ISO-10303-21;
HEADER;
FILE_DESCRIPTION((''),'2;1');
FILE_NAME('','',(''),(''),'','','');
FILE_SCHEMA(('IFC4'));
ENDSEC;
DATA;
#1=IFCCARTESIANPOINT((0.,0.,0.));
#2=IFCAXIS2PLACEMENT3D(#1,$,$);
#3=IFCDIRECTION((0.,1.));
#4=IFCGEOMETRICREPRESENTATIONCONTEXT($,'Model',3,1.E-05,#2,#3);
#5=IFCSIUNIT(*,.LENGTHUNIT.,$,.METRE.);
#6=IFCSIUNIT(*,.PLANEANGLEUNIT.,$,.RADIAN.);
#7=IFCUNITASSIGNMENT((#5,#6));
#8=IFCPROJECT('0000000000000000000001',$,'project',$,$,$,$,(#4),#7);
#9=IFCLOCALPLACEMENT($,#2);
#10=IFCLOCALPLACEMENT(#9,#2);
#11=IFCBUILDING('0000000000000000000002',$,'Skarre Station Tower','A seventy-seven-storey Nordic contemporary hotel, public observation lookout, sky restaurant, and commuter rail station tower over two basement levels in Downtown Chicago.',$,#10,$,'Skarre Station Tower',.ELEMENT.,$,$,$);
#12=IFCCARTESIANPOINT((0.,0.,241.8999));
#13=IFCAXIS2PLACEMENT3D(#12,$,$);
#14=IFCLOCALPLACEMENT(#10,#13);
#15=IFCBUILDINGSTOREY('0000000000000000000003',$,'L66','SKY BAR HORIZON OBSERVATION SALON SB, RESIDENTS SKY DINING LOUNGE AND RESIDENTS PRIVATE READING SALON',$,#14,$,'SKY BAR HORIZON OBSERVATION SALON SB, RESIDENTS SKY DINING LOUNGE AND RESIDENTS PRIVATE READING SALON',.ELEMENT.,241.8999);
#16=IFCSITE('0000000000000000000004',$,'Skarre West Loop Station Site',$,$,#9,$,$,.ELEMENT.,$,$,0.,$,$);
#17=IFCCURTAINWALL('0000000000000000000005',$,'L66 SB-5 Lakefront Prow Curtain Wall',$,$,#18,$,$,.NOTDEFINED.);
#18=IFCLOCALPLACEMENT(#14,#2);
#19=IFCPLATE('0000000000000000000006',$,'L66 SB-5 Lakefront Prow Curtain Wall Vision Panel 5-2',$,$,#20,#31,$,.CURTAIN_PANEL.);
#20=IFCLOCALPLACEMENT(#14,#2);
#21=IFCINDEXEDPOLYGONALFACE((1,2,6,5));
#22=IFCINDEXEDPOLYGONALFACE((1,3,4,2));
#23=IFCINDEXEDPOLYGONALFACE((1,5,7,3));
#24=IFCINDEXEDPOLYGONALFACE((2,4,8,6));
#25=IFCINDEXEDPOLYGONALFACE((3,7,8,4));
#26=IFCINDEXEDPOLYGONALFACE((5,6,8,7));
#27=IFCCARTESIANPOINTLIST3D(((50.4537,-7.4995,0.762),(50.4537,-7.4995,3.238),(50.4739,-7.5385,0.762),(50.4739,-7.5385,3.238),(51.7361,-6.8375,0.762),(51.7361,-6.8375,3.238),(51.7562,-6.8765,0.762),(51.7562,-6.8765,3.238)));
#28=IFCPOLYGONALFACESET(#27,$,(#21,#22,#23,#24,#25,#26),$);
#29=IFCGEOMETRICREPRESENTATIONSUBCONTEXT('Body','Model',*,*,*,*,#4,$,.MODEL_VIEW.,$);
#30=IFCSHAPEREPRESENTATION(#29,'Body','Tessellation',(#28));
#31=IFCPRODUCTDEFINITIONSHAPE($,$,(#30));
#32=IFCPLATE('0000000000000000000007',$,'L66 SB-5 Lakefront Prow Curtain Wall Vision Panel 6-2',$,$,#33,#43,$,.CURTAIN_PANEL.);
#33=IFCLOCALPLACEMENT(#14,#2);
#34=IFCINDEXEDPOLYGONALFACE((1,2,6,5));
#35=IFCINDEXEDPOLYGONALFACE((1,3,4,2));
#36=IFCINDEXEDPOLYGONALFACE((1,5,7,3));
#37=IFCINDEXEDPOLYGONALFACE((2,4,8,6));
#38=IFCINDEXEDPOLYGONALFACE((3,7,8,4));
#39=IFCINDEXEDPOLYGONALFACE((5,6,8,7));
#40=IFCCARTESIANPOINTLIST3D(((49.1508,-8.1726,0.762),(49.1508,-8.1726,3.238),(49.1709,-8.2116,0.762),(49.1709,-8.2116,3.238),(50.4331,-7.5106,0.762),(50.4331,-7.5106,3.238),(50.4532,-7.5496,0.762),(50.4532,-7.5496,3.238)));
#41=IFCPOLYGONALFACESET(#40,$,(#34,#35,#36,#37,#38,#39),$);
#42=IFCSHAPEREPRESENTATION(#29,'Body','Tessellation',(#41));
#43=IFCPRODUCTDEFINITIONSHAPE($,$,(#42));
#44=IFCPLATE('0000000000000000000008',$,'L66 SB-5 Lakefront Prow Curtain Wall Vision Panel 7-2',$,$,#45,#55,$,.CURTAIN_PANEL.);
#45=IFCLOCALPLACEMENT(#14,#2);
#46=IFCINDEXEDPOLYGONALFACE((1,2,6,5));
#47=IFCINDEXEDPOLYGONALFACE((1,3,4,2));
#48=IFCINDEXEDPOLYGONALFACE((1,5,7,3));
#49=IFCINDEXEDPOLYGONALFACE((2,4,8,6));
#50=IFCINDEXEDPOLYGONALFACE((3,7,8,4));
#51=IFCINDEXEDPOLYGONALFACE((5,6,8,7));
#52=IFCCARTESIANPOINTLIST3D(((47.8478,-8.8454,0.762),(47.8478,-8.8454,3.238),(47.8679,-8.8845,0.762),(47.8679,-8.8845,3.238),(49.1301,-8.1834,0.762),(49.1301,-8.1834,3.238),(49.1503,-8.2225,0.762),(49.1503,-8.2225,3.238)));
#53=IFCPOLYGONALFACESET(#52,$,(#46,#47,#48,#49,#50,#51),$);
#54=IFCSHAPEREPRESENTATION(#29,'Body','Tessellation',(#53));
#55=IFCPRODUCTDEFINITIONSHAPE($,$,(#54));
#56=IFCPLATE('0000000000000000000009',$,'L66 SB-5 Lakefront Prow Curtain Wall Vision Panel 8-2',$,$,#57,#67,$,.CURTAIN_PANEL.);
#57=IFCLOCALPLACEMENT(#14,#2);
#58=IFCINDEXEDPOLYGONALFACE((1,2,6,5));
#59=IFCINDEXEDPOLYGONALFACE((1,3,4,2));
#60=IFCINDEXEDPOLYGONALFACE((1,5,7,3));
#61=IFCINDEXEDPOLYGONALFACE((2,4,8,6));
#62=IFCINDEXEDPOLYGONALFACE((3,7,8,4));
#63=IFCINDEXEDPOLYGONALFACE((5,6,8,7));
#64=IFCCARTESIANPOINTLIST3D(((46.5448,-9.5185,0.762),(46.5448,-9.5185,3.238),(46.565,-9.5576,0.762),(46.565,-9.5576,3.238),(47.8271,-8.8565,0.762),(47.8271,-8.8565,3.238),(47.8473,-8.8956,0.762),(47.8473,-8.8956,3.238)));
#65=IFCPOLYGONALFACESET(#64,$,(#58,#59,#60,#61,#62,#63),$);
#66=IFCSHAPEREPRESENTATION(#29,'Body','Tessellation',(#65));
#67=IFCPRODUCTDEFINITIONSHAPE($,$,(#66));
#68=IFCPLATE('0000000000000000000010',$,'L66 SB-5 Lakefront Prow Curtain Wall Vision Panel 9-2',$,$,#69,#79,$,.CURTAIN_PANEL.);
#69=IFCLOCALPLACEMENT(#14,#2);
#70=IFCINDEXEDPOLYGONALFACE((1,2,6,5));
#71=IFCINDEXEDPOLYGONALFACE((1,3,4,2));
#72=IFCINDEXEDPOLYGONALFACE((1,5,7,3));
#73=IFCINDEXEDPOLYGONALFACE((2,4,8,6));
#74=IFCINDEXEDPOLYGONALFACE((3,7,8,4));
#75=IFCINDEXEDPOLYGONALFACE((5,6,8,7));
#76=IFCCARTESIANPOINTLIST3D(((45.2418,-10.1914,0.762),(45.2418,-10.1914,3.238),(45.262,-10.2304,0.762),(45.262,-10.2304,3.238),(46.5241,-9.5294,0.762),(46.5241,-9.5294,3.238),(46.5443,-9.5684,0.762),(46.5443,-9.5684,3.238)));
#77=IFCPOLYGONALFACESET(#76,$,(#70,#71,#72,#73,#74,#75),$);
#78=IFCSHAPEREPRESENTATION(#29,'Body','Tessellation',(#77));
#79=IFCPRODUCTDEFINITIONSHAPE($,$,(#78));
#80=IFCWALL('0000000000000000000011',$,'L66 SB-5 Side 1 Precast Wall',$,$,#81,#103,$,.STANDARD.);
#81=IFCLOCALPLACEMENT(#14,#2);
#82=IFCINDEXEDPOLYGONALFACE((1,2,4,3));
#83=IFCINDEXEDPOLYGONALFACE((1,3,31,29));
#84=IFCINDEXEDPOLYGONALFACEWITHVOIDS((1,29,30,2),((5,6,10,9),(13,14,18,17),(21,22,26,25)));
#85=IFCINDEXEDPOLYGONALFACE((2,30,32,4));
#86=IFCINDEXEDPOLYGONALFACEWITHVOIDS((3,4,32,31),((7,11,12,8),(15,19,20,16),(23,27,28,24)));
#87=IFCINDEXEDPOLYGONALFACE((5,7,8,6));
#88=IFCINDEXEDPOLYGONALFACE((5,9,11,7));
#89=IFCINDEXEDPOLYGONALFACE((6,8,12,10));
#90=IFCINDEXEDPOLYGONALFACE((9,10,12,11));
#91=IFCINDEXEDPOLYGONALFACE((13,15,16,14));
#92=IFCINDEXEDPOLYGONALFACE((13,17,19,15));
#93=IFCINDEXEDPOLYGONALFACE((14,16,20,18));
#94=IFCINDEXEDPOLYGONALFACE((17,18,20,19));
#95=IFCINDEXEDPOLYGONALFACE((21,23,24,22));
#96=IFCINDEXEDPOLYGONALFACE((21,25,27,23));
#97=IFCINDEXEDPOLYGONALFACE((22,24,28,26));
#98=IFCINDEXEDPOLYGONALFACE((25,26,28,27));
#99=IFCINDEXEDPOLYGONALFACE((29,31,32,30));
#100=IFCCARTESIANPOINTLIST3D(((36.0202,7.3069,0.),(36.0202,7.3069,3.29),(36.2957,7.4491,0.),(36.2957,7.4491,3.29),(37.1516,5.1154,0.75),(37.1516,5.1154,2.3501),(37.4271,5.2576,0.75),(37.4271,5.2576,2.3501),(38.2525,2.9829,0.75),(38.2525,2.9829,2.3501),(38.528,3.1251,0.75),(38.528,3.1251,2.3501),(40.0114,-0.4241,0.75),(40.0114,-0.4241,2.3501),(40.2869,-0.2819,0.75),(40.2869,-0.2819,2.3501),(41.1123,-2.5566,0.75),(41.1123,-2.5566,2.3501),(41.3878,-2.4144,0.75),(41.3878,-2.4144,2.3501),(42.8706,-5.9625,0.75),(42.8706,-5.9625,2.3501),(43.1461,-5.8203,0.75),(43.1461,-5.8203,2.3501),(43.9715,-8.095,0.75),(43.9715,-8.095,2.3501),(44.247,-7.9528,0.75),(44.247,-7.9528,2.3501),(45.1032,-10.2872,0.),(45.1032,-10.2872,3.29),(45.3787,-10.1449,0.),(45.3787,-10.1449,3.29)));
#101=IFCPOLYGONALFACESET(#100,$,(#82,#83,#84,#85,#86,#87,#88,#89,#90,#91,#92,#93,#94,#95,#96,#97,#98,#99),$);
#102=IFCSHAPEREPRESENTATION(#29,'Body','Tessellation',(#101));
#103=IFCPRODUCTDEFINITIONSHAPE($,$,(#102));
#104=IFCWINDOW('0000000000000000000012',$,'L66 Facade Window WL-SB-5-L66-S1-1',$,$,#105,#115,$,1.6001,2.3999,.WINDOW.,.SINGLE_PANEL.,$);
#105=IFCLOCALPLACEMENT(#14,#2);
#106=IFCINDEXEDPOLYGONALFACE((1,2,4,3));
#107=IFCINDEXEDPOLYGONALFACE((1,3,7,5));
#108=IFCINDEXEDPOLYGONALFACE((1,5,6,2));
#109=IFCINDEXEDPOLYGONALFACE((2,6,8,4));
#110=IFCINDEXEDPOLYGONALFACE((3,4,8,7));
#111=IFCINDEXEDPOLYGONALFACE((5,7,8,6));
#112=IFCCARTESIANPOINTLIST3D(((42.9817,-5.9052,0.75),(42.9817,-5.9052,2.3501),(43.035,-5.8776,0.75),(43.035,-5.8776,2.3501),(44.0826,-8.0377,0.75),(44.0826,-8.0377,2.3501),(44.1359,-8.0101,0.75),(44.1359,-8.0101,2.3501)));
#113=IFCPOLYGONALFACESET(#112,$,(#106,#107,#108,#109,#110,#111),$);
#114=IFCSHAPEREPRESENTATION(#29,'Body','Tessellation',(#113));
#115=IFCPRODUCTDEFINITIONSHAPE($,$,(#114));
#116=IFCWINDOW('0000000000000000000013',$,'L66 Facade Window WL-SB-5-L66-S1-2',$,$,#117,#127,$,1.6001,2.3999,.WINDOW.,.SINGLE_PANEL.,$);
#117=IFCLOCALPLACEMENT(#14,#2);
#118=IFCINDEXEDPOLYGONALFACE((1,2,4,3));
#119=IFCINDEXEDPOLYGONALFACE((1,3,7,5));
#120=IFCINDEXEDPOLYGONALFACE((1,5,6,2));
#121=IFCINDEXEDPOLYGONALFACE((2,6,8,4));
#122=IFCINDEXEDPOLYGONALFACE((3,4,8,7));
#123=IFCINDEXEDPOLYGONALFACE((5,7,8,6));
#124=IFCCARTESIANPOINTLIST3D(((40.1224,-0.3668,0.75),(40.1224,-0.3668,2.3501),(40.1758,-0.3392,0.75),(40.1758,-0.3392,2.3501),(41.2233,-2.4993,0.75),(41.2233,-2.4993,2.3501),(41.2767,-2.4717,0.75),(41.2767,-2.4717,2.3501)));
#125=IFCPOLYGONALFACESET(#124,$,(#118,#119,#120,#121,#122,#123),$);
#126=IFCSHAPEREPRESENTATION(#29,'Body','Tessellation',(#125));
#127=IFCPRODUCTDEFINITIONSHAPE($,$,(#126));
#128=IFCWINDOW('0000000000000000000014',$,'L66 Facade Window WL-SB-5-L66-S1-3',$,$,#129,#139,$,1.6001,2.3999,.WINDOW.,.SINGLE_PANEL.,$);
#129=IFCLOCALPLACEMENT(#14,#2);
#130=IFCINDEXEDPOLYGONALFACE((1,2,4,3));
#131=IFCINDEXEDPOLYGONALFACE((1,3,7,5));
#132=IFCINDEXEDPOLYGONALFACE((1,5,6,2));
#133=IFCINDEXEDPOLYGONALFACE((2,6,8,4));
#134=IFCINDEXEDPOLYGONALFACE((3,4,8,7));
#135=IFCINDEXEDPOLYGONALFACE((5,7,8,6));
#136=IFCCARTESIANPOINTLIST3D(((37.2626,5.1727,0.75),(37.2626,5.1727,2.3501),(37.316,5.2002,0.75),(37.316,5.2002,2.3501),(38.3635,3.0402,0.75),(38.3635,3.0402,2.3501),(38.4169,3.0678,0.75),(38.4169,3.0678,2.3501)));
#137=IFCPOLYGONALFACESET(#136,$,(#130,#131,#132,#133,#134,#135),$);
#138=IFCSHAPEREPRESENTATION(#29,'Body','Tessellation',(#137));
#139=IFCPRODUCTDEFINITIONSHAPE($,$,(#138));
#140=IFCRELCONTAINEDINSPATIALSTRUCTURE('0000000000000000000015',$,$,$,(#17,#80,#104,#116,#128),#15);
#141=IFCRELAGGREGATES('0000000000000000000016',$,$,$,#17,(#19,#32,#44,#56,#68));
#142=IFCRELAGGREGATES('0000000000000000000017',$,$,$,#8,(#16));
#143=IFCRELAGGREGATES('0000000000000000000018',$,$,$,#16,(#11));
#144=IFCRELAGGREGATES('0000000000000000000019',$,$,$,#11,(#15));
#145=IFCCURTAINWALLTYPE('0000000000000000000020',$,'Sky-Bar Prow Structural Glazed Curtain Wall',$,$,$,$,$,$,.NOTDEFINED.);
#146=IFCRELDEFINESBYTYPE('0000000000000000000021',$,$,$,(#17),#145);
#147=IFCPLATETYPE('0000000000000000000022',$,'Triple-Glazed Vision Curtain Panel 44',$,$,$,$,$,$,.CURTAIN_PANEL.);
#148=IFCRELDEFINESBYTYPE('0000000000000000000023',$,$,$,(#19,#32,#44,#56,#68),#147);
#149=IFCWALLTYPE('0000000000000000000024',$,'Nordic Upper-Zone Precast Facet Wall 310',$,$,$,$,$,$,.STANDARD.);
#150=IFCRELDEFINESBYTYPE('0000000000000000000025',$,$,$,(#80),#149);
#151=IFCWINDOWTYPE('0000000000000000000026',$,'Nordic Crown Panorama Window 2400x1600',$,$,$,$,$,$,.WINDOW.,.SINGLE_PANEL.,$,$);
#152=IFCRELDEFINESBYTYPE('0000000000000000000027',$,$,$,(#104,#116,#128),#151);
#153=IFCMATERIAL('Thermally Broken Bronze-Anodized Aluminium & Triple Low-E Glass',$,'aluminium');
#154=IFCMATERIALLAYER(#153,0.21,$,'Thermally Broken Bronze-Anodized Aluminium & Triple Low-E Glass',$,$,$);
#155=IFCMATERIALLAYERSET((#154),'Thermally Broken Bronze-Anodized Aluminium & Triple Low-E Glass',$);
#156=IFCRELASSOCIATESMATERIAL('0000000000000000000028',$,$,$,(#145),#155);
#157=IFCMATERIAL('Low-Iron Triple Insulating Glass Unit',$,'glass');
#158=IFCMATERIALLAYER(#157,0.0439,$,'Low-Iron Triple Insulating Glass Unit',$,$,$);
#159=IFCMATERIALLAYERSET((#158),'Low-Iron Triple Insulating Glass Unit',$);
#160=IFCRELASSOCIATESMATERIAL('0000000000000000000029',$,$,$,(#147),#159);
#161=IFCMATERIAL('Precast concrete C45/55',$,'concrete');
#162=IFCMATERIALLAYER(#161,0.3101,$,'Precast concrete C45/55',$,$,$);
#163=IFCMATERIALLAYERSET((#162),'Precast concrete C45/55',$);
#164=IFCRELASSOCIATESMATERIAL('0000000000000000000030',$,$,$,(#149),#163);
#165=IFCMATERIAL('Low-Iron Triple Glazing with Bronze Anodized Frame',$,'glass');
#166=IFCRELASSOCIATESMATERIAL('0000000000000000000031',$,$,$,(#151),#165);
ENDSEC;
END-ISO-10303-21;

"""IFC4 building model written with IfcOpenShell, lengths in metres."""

from ifc_helpers import new_model, si_unit, direction, frame, frame_2d, origin, origin_2d, place, context, subcontext, project, spatial, rectangle, extrude, material, layer, layer_set, type_object, element, fill, aggregate, save


model = new_model("IFC4")

# Units and contexts
model_context = context("Model", 3, precision=1e-05, world=origin(), true_north=direction((0.0, 1.0)))
body_context = subcontext(model_context, "Body", "Model", "MODEL_VIEW")
ifc_project = project(units=[si_unit("LENGTHUNIT", "METRE"), si_unit("PLANEANGLEUNIT", "RADIAN")], contexts=[model_context])

# Site, building, storey
site_placement = place(None, origin())
site = spatial("IfcSite", under=ifc_project, at=site_placement, Name="Skarre West Loop Station Site", CompositionType="ELEMENT", RefElevation=0.0)
building_placement = place(site_placement, origin())
building = spatial("IfcBuilding", under=site, at=building_placement, Name="Skarre Station Tower", Description="A seventy-seven-storey Nordic contemporary hotel, public observation lookout, sky restaurant, and commuter rail station tower over two basement levels in Downtown Chicago.", LongName="Skarre Station Tower", CompositionType="ELEMENT")
storey_placement = place(building_placement, frame((0.0, 0.0, 241.8999)))
storey = spatial("IfcBuildingStorey", under=building, at=storey_placement, Name="L66", Description="SKY BAR HORIZON OBSERVATION SALON SB, RESIDENTS SKY DINING LOUNGE AND RESIDENTS PRIVATE READING SALON", LongName="SKY BAR HORIZON OBSERVATION SALON SB, RESIDENTS SKY DINING LOUNGE AND RESIDENTS PRIVATE READING SALON", CompositionType="ELEMENT", Elevation=241.8999)

# Curtain wall
ifc_material_1 = material(Name="Thermally Broken Bronze-Anodized Aluminium & Triple Low-E Glass", Category="aluminium")
ifc_layer_1 = layer(ifc_material_1, 0.21, Name="Thermally Broken Bronze-Anodized Aluminium & Triple Low-E Glass")
ifc_layer_set_1 = layer_set([ifc_layer_1], Name="Thermally Broken Bronze-Anodized Aluminium & Triple Low-E Glass")
curtain_wall_type = type_object("IfcCurtainWallType", Name="Sky-Bar Prow Structural Glazed Curtain Wall", PredefinedType="NOTDEFINED", material=ifc_layer_set_1)
curtain_wall_placement = place(storey_placement, origin())
curtain_wall = element("IfcCurtainWall", 1, at=curtain_wall_placement, inside=storey, type_object=curtain_wall_type, Name="L66 SB-5 Lakefront Prow Curtain Wall", PredefinedType="NOTDEFINED")

# Plates
ifc_material_2 = material(Name="Low-Iron Triple Insulating Glass Unit", Category="glass")
ifc_layer_2 = layer(ifc_material_2, 0.0439, Name="Low-Iron Triple Insulating Glass Unit")
ifc_layer_set_2 = layer_set([ifc_layer_2], Name="Low-Iron Triple Insulating Glass Unit")
plate_type_1 = type_object("IfcPlateType", Name="Triple-Glazed Vision Curtain Panel 44", PredefinedType="CURTAIN_PANEL", material=ifc_layer_set_2)
plate_1_placement = place(storey_placement, frame((51.105, -7.188, 0.762), z_axis=(0.0, 0.0, 1.0), x_axis=(-0.888577, -0.458727, 0.0)))
plate_1 = element("IfcPlate", 2, at=plate_1_placement, type_object=plate_type_1, Name="L66 SB-5 Lakefront Prow Curtain Wall Vision Panel 5-2", PredefinedType="CURTAIN_PANEL", context=body_context, shape_type="SweptSolid", body=[
    extrude(rectangle(XDim=1.4431, YDim=0.0439, at=origin_2d()), origin(), (0.0, 0.0, 1.0), 2.4761),
])
plate_2_placement = place(storey_placement, frame((49.802, -7.8611, 0.762), z_axis=(0.0, 0.0, 1.0), x_axis=(-0.888577, -0.458727, 0.0)))
plate_2 = element("IfcPlate", 3, at=plate_2_placement, type_object=plate_type_1, Name="L66 SB-5 Lakefront Prow Curtain Wall Vision Panel 6-2", PredefinedType="CURTAIN_PANEL", context=body_context, shape_type="SweptSolid", body=[
    extrude(rectangle(XDim=1.4431, YDim=0.0439, at=origin_2d()), origin(), (0.0, 0.0, 1.0), 2.4761),
])
plate_3_placement = place(storey_placement, frame((48.499, -8.5339, 0.762), z_axis=(0.0, 0.0, 1.0), x_axis=(-0.888577, -0.458727, 0.0)))
plate_3 = element("IfcPlate", 4, at=plate_3_placement, type_object=plate_type_1, Name="L66 SB-5 Lakefront Prow Curtain Wall Vision Panel 7-2", PredefinedType="CURTAIN_PANEL", context=body_context, shape_type="SweptSolid", body=[
    extrude(rectangle(XDim=1.4431, YDim=0.0439, at=origin_2d()), origin(), (0.0, 0.0, 1.0), 2.4761),
])
plate_4_placement = place(storey_placement, frame((47.196, -9.207, 0.762), z_axis=(0.0, 0.0, 1.0), x_axis=(-0.888577, -0.458727, 0.0)))
plate_4 = element("IfcPlate", 5, at=plate_4_placement, type_object=plate_type_1, Name="L66 SB-5 Lakefront Prow Curtain Wall Vision Panel 8-2", PredefinedType="CURTAIN_PANEL", context=body_context, shape_type="SweptSolid", body=[
    extrude(rectangle(XDim=1.4431, YDim=0.0439, at=origin_2d()), origin(), (0.0, 0.0, 1.0), 2.4761),
])
plate_5_placement = place(storey_placement, frame((45.8931, -9.8799, 0.762), z_axis=(0.0, 0.0, 1.0), x_axis=(-0.888577, -0.458727, 0.0)))
plate_5 = element("IfcPlate", 6, at=plate_5_placement, type_object=plate_type_1, Name="L66 SB-5 Lakefront Prow Curtain Wall Vision Panel 9-2", PredefinedType="CURTAIN_PANEL", context=body_context, shape_type="SweptSolid", body=[
    extrude(rectangle(XDim=1.4431, YDim=0.0439, at=origin_2d()), origin(), (0.0, 0.0, 1.0), 2.4761),
])
aggregate(curtain_wall, [plate_1, plate_2, plate_3, plate_4, plate_5])

# Wall, openings, windows
ifc_material_3 = material(Name="Precast concrete C45/55", Category="concrete")
ifc_layer_3 = layer(ifc_material_3, 0.3101, Name="Precast concrete C45/55")
ifc_layer_set_3 = layer_set([ifc_layer_3], Name="Precast concrete C45/55")
wall_type = type_object("IfcWallType", Name="Nordic Upper-Zone Precast Facet Wall 310", PredefinedType="STANDARD", material=ifc_layer_set_3)
wall_placement = place(storey_placement, frame((45.241, -10.2161, 0.0), z_axis=(0.0, 0.0, 1.0), x_axis=(-0.458732, 0.888575, 0.0)))
wall = element("IfcWall", 7, at=wall_placement, inside=storey, type_object=wall_type, Name="L66 SB-5 Side 1 Precast Wall", PredefinedType="STANDARD", context=body_context, shape_type="SweptSolid", body=[
    extrude(rectangle(XDim=19.8003, YDim=0.3101, at=frame_2d((9.9001, 0.0))), origin(), (0.0, 0.0, 1.0), 3.29),
])
opening_1_placement = place(wall_placement, frame((2.467, 0.0, 0.75)))
opening_1 = element("IfcOpeningElement", 8, at=opening_1_placement, cuts=wall, PredefinedType="OPENING", context=body_context, shape_type="SweptSolid", body=[
    extrude(rectangle(XDim=2.3999, YDim=1.6001, at=frame_2d((1.2, 0.8))), frame((0.0, 0.165, 0.0), z_axis=(0.0, -1.0, 0.0), x_axis=(1.0, 0.0, 0.0)), (0.0, 0.0, 1.0), 0.3301),
])
opening_2_placement = place(wall_placement, frame((8.7, 0.0, 0.75)))
opening_2 = element("IfcOpeningElement", 9, at=opening_2_placement, cuts=wall, PredefinedType="OPENING", context=body_context, shape_type="SweptSolid", body=[
    extrude(rectangle(XDim=2.3999, YDim=1.6001, at=frame_2d((1.2, 0.8))), frame((0.0, 0.165, 0.0), z_axis=(0.0, -1.0, 0.0), x_axis=(1.0, 0.0, 0.0)), (0.0, 0.0, 1.0), 0.3301),
])
opening_3_placement = place(wall_placement, frame((14.9341, 0.0, 0.75)))
opening_3 = element("IfcOpeningElement", 10, at=opening_3_placement, cuts=wall, PredefinedType="OPENING", context=body_context, shape_type="SweptSolid", body=[
    extrude(rectangle(XDim=2.3999, YDim=1.6001, at=frame_2d((1.2, 0.8))), frame((0.0, 0.165, 0.0), z_axis=(0.0, -1.0, 0.0), x_axis=(1.0, 0.0, 0.0)), (0.0, 0.0, 1.0), 0.3301),
])
ifc_material_4 = material(Name="Low-Iron Triple Glazing with Bronze Anodized Frame", Category="glass")
window_type = type_object("IfcWindowType", Name="Nordic Crown Panorama Window 2400x1600", PartitioningType="SINGLE_PANEL", PredefinedType="WINDOW", material=ifc_material_4)
window_1_placement = place(opening_1_placement, origin())
window_1 = element("IfcWindow", 11, at=window_1_placement, inside=storey, type_object=window_type, Name="L66 Facade Window WL-SB-5-L66-S1-1", OverallHeight=1.6001, OverallWidth=2.3999, PartitioningType="SINGLE_PANEL", PredefinedType="WINDOW", context=body_context, shape_type="SweptSolid", body=[
    extrude(rectangle(XDim=2.3999, YDim=1.6001, at=frame_2d((1.2, 0.8))), frame((0.0, 0.03, 0.0), z_axis=(0.0, -1.0, 0.0), x_axis=(1.0, 0.0, 0.0)), (0.0, 0.0, 1.0), 0.0601),
])
fill(opening_1, window_1)
window_2_placement = place(opening_2_placement, origin())
window_2 = element("IfcWindow", 12, at=window_2_placement, inside=storey, type_object=window_type, Name="L66 Facade Window WL-SB-5-L66-S1-2", OverallHeight=1.6001, OverallWidth=2.3999, PartitioningType="SINGLE_PANEL", PredefinedType="WINDOW", context=body_context, shape_type="SweptSolid", body=[
    extrude(rectangle(XDim=2.3999, YDim=1.6001, at=frame_2d((1.2, 0.8))), frame((0.0, 0.03, 0.0), z_axis=(0.0, -1.0, 0.0), x_axis=(1.0, 0.0, 0.0)), (0.0, 0.0, 1.0), 0.0601),
])
fill(opening_2, window_2)
window_3_placement = place(opening_3_placement, origin())
window_3 = element("IfcWindow", 13, at=window_3_placement, inside=storey, type_object=window_type, Name="L66 Facade Window WL-SB-5-L66-S1-3", OverallHeight=1.6001, OverallWidth=2.3999, PartitioningType="SINGLE_PANEL", PredefinedType="WINDOW", context=body_context, shape_type="SweptSolid", body=[
    extrude(rectangle(XDim=2.3999, YDim=1.6001, at=frame_2d((1.2, 0.8))), frame((0.0, 0.03, 0.0), z_axis=(0.0, -1.0, 0.0), x_axis=(1.0, 0.0, 0.0)), (0.0, 0.0, 1.0), 0.0601),
])
fill(opening_3, window_3)

save(model, "model.ifc")
